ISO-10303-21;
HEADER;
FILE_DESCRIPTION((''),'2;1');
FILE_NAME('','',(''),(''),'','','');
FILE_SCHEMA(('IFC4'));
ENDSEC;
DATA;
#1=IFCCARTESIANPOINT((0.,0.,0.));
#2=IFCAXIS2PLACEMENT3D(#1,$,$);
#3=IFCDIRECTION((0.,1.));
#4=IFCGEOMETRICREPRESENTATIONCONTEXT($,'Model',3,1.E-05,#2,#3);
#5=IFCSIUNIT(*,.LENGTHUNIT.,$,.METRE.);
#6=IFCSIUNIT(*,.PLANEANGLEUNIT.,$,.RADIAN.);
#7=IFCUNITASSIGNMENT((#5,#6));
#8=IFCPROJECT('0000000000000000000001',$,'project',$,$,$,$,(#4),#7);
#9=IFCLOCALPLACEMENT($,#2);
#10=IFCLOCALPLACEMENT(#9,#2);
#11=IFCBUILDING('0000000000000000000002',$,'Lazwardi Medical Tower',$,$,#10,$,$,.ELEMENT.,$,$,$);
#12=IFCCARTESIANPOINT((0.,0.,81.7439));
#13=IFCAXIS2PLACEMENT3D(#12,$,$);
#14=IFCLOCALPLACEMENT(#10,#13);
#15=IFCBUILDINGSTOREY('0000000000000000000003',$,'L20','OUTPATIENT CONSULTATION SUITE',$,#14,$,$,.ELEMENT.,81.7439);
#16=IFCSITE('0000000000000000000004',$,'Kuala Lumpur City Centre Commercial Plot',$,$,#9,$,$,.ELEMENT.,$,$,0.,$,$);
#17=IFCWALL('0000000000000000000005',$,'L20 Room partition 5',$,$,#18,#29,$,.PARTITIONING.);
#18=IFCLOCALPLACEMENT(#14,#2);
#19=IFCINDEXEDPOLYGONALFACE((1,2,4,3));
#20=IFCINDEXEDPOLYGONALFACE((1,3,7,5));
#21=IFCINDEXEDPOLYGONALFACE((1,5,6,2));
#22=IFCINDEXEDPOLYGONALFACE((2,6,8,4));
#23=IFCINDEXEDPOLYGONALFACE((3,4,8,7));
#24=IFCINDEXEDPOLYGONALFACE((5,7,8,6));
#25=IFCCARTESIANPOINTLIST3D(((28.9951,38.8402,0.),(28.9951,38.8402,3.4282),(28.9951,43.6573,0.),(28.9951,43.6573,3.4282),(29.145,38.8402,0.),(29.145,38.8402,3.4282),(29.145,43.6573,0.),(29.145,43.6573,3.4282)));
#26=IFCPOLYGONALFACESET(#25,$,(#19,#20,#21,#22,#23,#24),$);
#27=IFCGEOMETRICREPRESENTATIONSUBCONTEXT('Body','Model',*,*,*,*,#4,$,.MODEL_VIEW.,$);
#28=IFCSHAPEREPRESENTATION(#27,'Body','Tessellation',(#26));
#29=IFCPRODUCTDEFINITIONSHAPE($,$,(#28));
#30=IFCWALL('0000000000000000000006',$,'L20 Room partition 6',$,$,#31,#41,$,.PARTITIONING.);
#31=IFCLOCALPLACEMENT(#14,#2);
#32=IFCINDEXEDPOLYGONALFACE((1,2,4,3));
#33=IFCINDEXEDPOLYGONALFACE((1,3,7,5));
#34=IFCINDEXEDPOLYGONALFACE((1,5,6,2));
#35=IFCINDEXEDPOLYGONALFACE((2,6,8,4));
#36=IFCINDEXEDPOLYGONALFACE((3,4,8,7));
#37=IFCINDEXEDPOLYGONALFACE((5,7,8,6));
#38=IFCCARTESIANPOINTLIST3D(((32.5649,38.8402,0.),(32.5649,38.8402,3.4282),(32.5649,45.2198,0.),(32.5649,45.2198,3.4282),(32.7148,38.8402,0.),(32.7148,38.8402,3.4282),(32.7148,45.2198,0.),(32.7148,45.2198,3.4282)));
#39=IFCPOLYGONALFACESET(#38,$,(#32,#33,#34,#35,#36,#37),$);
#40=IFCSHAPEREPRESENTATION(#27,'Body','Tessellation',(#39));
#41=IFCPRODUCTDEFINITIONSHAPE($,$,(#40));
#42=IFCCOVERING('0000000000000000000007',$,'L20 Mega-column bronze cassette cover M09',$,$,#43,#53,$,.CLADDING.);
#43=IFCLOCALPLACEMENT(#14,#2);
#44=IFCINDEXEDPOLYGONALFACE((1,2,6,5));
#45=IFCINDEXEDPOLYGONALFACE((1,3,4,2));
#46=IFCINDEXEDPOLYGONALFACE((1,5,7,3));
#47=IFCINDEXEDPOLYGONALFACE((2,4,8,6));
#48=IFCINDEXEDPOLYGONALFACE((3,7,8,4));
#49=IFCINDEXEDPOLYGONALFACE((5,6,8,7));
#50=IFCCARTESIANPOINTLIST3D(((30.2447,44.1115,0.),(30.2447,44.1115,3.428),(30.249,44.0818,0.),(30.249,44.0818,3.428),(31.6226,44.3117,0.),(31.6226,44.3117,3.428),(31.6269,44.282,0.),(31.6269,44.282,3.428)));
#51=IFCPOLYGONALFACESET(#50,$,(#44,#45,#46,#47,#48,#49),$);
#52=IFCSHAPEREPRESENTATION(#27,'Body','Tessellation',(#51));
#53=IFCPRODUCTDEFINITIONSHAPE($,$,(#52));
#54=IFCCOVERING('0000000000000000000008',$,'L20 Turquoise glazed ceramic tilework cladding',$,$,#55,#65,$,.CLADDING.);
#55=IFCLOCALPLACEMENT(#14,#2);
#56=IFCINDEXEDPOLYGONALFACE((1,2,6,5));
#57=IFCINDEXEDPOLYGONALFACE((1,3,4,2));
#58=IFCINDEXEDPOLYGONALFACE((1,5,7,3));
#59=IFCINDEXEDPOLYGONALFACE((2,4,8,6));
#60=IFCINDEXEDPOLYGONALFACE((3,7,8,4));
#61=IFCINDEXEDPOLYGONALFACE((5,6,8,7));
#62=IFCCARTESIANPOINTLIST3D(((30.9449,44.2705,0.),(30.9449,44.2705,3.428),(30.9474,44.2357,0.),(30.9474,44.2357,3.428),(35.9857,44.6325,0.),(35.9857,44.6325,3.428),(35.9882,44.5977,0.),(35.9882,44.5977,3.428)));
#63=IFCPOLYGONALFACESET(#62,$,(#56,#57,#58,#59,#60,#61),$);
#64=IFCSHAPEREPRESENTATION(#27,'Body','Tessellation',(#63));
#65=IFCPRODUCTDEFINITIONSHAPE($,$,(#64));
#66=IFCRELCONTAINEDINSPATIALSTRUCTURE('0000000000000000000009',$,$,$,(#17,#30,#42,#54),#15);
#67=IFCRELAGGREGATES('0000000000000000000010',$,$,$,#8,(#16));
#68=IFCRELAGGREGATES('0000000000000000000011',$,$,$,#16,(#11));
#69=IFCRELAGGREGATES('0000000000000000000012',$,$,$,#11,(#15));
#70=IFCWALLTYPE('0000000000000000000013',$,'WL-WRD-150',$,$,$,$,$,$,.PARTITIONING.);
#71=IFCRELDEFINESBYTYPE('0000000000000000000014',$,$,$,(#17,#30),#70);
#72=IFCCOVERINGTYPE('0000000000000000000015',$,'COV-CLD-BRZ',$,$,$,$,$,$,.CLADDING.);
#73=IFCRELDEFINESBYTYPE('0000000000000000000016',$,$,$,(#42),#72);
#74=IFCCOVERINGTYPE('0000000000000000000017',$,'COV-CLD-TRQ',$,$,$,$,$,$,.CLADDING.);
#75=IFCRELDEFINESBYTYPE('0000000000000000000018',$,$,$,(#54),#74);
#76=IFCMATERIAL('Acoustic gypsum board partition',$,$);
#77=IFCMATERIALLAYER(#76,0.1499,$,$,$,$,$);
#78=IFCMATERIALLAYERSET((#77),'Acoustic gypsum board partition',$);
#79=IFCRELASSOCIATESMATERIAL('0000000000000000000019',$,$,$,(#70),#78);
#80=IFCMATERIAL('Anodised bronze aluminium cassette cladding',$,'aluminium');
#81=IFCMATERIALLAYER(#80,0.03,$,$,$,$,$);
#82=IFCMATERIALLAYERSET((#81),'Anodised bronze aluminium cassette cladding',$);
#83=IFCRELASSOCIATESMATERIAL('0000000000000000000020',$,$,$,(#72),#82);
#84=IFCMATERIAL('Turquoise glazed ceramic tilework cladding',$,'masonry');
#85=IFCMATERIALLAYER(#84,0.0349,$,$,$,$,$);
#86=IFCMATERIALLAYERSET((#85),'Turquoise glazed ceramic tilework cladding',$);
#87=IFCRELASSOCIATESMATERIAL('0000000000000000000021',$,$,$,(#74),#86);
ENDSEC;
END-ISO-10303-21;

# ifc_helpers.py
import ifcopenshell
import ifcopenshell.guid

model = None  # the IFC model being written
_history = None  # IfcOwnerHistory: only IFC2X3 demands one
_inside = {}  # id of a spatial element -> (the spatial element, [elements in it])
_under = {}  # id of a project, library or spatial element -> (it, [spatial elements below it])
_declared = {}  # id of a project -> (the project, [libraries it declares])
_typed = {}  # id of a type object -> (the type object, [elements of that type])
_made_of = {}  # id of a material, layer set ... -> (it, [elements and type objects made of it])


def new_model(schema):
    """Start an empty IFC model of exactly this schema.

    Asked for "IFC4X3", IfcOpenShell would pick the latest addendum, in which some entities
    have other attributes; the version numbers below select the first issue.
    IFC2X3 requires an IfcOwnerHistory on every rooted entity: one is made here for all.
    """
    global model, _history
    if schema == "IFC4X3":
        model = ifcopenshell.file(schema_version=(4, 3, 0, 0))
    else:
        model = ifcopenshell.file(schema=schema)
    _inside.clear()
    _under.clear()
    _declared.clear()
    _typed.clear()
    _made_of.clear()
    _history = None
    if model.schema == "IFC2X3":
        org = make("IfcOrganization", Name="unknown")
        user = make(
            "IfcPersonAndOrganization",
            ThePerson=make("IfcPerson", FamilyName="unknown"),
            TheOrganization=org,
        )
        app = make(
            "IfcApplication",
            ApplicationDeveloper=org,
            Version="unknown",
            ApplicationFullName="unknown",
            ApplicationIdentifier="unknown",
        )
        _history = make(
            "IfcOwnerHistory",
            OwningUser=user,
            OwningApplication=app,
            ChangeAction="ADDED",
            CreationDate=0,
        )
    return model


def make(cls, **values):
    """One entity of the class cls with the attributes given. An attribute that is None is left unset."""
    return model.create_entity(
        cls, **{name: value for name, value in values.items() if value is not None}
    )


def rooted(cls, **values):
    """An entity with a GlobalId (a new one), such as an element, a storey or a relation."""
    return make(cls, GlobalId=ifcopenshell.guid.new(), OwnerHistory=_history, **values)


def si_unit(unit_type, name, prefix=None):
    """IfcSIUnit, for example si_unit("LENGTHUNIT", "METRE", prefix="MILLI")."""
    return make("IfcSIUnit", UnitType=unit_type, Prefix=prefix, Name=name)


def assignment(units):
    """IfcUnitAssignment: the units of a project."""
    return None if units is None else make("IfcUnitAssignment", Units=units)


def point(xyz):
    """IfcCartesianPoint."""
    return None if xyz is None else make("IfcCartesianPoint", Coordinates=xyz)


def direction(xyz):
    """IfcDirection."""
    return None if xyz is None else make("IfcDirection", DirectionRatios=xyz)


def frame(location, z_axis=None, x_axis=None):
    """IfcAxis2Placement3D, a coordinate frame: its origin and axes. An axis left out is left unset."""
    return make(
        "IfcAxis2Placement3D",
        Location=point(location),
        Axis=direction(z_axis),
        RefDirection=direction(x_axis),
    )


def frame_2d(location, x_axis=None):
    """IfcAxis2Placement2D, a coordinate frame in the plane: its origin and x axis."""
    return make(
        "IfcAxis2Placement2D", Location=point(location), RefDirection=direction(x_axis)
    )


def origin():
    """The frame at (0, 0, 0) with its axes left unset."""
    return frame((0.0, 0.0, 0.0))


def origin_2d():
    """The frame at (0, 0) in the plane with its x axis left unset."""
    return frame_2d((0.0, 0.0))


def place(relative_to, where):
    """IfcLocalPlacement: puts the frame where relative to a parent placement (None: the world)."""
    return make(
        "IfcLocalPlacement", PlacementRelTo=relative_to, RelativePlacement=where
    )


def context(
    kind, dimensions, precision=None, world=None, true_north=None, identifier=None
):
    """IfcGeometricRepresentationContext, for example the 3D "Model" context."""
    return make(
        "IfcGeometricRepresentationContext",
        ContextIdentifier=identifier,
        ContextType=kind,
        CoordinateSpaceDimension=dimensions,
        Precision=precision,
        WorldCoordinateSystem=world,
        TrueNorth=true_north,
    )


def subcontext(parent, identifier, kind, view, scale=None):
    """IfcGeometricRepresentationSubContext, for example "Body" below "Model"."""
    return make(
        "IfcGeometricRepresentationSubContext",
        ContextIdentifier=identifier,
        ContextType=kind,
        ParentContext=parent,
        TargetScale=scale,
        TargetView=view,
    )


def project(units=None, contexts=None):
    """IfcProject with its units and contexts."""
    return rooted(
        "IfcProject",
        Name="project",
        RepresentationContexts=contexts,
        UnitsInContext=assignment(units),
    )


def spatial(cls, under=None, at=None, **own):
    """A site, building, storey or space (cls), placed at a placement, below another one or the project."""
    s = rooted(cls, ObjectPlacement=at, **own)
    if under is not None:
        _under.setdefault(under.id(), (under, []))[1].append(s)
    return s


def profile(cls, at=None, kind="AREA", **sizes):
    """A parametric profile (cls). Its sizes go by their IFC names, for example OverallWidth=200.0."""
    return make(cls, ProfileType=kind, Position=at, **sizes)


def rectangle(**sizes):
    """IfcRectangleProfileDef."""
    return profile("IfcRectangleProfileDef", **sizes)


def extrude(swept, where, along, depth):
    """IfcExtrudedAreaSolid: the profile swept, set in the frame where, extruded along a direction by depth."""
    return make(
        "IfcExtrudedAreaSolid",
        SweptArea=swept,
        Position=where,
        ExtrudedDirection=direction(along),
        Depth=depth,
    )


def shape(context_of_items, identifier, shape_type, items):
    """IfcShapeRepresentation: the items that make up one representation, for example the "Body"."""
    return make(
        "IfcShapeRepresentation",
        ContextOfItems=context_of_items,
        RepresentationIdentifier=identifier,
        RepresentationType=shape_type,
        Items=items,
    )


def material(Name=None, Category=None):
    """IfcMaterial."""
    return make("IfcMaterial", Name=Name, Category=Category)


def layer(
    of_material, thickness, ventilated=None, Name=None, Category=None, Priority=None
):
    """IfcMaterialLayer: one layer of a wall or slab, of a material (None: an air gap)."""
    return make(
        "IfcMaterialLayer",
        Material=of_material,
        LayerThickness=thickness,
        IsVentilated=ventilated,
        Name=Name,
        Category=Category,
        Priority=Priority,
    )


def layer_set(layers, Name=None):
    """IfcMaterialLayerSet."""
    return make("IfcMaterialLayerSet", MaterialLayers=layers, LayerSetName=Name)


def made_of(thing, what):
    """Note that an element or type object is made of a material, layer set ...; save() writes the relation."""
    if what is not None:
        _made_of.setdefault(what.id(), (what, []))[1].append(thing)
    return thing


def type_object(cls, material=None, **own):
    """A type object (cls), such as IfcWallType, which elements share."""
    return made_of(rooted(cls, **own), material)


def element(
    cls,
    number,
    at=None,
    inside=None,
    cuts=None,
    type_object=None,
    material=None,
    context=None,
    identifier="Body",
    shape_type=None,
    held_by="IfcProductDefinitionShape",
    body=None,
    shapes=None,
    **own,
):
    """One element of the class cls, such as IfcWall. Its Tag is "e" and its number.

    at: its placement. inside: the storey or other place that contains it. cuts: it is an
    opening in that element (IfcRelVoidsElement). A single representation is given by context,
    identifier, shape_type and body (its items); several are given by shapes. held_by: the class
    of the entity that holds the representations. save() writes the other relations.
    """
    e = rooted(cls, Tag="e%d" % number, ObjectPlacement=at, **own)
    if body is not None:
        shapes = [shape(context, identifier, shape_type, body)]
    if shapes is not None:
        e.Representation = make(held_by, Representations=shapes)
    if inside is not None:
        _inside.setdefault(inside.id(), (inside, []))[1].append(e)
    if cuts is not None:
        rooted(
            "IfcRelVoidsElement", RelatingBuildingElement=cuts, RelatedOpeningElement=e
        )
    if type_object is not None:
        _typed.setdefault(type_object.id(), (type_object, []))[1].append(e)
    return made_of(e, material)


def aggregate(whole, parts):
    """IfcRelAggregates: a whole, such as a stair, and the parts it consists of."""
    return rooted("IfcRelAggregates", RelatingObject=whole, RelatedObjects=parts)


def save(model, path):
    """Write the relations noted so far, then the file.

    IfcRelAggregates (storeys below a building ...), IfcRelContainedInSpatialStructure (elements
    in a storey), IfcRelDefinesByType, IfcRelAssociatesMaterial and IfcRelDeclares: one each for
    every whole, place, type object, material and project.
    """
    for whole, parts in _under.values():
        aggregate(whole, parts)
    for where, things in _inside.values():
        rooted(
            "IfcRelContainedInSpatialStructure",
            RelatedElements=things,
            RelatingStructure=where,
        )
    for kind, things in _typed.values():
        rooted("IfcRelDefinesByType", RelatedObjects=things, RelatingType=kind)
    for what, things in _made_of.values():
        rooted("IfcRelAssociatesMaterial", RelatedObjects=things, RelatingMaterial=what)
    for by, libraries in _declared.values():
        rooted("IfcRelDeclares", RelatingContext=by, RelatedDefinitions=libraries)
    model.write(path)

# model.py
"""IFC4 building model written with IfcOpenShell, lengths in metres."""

from ifc_helpers import new_model, si_unit, direction, frame, frame_2d, origin, origin_2d, place, context, subcontext, project, spatial, rectangle, extrude, material, layer, layer_set, type_object, element, save


model = new_model("IFC4")

# Units and contexts
model_context = context("Model", 3, precision=1e-05, world=origin(), true_north=direction((0.0, 1.0)))
body_context = subcontext(model_context, "Body", "Model", "MODEL_VIEW")
ifc_project = project(units=[si_unit("LENGTHUNIT", "METRE"), si_unit("PLANEANGLEUNIT", "RADIAN")], contexts=[model_context])

# Site, building, storey
site_placement = place(None, origin())
site = spatial("IfcSite", under=ifc_project, at=site_placement, Name="Kuala Lumpur City Centre Commercial Plot", CompositionType="ELEMENT", RefElevation=0.0)
building_placement = place(site_placement, origin())
building = spatial("IfcBuilding", under=site, at=building_placement, Name="Lazwardi Medical Tower", CompositionType="ELEMENT")
storey_placement = place(building_placement, frame((0.0, 0.0, 81.7439)))
storey = spatial("IfcBuildingStorey", under=building, at=storey_placement, Name="L20", Description="OUTPATIENT CONSULTATION SUITE", CompositionType="ELEMENT", Elevation=81.7439)

# Walls
ifc_material_1 = material(Name="Acoustic gypsum board partition")
ifc_layer_1 = layer(ifc_material_1, 0.1499)
ifc_layer_set_1 = layer_set([ifc_layer_1], Name="Acoustic gypsum board partition")
wall_type_1 = type_object("IfcWallType", Name="WL-WRD-150", PredefinedType="PARTITIONING", material=ifc_layer_set_1)
wall_1_placement = place(storey_placement, frame((29.0701, 38.8401, 0.0), z_axis=(0.0, 0.0, 1.0), x_axis=(0.0, 1.0, 0.0)))
element("IfcWall", 1, at=wall_1_placement, inside=storey, type_object=wall_type_1, Name="L20 Room partition 5", PredefinedType="PARTITIONING", context=body_context, shape_type="SweptSolid", body=[
    extrude(rectangle(XDim=4.8171, YDim=0.1499, at=frame_2d((2.4087, 0.0))), origin(), (0.0, 0.0, 1.0), 3.4282),
])
wall_2_placement = place(storey_placement, frame((32.6399, 38.8401, 0.0), z_axis=(0.0, 0.0, 1.0), x_axis=(0.0, 1.0, 0.0)))
element("IfcWall", 2, at=wall_2_placement, inside=storey, type_object=wall_type_1, Name="L20 Room partition 6", PredefinedType="PARTITIONING", context=body_context, shape_type="SweptSolid", body=[
    extrude(rectangle(XDim=6.3796, YDim=0.1499, at=frame_2d((3.1899, 0.0))), origin(), (0.0, 0.0, 1.0), 3.4282),
])

# Coverings
ifc_material_2 = material(Name="Anodised bronze aluminium cassette cladding", Category="aluminium")
ifc_layer_2 = layer(ifc_material_2, 0.03)
ifc_layer_set_2 = layer_set([ifc_layer_2], Name="Anodised bronze aluminium cassette cladding")
covering_type_1 = type_object("IfcCoveringType", Name="COV-CLD-BRZ", PredefinedType="CLADDING", material=ifc_layer_set_2)
covering_1_placement = place(storey_placement, frame((30.9358, 44.1968, 0.0), z_axis=(0.0, 0.0, 1.0), x_axis=(-0.989609, -0.143785, 0.0)))
element("IfcCovering", 3, at=covering_1_placement, inside=storey, type_object=covering_type_1, Name="L20 Mega-column bronze cassette cover M09", PredefinedType="CLADDING", context=body_context, shape_type="SweptSolid", body=[
    extrude(rectangle(XDim=1.3923, YDim=0.03, at=origin_2d()), origin(), (0.0, 0.0, 1.0), 3.428),
])
ifc_material_3 = material(Name="Turquoise glazed ceramic tilework cladding", Category="masonry")
ifc_layer_3 = layer(ifc_material_3, 0.0349)
ifc_layer_set_3 = layer_set([ifc_layer_3], Name="Turquoise glazed ceramic tilework cladding")
covering_type_2 = type_object("IfcCoveringType", Name="COV-CLD-TRQ", PredefinedType="CLADDING", material=ifc_layer_set_3)
covering_2_placement = place(storey_placement, frame((33.4666, 44.4341, 0.0), z_axis=(0.0, 0.0, 1.0), x_axis=(-0.997431, -0.071631, 0.0)))
element("IfcCovering", 4, at=covering_2_placement, inside=storey, type_object=covering_type_2, Name="L20 Turquoise glazed ceramic tilework cladding", PredefinedType="CLADDING", context=body_context, shape_type="SweptSolid", body=[
    extrude(rectangle(XDim=5.0537, YDim=0.0349, at=origin_2d()), origin(), (0.0, 0.0, 1.0), 3.428),
])

save(model, "model.ifc")
